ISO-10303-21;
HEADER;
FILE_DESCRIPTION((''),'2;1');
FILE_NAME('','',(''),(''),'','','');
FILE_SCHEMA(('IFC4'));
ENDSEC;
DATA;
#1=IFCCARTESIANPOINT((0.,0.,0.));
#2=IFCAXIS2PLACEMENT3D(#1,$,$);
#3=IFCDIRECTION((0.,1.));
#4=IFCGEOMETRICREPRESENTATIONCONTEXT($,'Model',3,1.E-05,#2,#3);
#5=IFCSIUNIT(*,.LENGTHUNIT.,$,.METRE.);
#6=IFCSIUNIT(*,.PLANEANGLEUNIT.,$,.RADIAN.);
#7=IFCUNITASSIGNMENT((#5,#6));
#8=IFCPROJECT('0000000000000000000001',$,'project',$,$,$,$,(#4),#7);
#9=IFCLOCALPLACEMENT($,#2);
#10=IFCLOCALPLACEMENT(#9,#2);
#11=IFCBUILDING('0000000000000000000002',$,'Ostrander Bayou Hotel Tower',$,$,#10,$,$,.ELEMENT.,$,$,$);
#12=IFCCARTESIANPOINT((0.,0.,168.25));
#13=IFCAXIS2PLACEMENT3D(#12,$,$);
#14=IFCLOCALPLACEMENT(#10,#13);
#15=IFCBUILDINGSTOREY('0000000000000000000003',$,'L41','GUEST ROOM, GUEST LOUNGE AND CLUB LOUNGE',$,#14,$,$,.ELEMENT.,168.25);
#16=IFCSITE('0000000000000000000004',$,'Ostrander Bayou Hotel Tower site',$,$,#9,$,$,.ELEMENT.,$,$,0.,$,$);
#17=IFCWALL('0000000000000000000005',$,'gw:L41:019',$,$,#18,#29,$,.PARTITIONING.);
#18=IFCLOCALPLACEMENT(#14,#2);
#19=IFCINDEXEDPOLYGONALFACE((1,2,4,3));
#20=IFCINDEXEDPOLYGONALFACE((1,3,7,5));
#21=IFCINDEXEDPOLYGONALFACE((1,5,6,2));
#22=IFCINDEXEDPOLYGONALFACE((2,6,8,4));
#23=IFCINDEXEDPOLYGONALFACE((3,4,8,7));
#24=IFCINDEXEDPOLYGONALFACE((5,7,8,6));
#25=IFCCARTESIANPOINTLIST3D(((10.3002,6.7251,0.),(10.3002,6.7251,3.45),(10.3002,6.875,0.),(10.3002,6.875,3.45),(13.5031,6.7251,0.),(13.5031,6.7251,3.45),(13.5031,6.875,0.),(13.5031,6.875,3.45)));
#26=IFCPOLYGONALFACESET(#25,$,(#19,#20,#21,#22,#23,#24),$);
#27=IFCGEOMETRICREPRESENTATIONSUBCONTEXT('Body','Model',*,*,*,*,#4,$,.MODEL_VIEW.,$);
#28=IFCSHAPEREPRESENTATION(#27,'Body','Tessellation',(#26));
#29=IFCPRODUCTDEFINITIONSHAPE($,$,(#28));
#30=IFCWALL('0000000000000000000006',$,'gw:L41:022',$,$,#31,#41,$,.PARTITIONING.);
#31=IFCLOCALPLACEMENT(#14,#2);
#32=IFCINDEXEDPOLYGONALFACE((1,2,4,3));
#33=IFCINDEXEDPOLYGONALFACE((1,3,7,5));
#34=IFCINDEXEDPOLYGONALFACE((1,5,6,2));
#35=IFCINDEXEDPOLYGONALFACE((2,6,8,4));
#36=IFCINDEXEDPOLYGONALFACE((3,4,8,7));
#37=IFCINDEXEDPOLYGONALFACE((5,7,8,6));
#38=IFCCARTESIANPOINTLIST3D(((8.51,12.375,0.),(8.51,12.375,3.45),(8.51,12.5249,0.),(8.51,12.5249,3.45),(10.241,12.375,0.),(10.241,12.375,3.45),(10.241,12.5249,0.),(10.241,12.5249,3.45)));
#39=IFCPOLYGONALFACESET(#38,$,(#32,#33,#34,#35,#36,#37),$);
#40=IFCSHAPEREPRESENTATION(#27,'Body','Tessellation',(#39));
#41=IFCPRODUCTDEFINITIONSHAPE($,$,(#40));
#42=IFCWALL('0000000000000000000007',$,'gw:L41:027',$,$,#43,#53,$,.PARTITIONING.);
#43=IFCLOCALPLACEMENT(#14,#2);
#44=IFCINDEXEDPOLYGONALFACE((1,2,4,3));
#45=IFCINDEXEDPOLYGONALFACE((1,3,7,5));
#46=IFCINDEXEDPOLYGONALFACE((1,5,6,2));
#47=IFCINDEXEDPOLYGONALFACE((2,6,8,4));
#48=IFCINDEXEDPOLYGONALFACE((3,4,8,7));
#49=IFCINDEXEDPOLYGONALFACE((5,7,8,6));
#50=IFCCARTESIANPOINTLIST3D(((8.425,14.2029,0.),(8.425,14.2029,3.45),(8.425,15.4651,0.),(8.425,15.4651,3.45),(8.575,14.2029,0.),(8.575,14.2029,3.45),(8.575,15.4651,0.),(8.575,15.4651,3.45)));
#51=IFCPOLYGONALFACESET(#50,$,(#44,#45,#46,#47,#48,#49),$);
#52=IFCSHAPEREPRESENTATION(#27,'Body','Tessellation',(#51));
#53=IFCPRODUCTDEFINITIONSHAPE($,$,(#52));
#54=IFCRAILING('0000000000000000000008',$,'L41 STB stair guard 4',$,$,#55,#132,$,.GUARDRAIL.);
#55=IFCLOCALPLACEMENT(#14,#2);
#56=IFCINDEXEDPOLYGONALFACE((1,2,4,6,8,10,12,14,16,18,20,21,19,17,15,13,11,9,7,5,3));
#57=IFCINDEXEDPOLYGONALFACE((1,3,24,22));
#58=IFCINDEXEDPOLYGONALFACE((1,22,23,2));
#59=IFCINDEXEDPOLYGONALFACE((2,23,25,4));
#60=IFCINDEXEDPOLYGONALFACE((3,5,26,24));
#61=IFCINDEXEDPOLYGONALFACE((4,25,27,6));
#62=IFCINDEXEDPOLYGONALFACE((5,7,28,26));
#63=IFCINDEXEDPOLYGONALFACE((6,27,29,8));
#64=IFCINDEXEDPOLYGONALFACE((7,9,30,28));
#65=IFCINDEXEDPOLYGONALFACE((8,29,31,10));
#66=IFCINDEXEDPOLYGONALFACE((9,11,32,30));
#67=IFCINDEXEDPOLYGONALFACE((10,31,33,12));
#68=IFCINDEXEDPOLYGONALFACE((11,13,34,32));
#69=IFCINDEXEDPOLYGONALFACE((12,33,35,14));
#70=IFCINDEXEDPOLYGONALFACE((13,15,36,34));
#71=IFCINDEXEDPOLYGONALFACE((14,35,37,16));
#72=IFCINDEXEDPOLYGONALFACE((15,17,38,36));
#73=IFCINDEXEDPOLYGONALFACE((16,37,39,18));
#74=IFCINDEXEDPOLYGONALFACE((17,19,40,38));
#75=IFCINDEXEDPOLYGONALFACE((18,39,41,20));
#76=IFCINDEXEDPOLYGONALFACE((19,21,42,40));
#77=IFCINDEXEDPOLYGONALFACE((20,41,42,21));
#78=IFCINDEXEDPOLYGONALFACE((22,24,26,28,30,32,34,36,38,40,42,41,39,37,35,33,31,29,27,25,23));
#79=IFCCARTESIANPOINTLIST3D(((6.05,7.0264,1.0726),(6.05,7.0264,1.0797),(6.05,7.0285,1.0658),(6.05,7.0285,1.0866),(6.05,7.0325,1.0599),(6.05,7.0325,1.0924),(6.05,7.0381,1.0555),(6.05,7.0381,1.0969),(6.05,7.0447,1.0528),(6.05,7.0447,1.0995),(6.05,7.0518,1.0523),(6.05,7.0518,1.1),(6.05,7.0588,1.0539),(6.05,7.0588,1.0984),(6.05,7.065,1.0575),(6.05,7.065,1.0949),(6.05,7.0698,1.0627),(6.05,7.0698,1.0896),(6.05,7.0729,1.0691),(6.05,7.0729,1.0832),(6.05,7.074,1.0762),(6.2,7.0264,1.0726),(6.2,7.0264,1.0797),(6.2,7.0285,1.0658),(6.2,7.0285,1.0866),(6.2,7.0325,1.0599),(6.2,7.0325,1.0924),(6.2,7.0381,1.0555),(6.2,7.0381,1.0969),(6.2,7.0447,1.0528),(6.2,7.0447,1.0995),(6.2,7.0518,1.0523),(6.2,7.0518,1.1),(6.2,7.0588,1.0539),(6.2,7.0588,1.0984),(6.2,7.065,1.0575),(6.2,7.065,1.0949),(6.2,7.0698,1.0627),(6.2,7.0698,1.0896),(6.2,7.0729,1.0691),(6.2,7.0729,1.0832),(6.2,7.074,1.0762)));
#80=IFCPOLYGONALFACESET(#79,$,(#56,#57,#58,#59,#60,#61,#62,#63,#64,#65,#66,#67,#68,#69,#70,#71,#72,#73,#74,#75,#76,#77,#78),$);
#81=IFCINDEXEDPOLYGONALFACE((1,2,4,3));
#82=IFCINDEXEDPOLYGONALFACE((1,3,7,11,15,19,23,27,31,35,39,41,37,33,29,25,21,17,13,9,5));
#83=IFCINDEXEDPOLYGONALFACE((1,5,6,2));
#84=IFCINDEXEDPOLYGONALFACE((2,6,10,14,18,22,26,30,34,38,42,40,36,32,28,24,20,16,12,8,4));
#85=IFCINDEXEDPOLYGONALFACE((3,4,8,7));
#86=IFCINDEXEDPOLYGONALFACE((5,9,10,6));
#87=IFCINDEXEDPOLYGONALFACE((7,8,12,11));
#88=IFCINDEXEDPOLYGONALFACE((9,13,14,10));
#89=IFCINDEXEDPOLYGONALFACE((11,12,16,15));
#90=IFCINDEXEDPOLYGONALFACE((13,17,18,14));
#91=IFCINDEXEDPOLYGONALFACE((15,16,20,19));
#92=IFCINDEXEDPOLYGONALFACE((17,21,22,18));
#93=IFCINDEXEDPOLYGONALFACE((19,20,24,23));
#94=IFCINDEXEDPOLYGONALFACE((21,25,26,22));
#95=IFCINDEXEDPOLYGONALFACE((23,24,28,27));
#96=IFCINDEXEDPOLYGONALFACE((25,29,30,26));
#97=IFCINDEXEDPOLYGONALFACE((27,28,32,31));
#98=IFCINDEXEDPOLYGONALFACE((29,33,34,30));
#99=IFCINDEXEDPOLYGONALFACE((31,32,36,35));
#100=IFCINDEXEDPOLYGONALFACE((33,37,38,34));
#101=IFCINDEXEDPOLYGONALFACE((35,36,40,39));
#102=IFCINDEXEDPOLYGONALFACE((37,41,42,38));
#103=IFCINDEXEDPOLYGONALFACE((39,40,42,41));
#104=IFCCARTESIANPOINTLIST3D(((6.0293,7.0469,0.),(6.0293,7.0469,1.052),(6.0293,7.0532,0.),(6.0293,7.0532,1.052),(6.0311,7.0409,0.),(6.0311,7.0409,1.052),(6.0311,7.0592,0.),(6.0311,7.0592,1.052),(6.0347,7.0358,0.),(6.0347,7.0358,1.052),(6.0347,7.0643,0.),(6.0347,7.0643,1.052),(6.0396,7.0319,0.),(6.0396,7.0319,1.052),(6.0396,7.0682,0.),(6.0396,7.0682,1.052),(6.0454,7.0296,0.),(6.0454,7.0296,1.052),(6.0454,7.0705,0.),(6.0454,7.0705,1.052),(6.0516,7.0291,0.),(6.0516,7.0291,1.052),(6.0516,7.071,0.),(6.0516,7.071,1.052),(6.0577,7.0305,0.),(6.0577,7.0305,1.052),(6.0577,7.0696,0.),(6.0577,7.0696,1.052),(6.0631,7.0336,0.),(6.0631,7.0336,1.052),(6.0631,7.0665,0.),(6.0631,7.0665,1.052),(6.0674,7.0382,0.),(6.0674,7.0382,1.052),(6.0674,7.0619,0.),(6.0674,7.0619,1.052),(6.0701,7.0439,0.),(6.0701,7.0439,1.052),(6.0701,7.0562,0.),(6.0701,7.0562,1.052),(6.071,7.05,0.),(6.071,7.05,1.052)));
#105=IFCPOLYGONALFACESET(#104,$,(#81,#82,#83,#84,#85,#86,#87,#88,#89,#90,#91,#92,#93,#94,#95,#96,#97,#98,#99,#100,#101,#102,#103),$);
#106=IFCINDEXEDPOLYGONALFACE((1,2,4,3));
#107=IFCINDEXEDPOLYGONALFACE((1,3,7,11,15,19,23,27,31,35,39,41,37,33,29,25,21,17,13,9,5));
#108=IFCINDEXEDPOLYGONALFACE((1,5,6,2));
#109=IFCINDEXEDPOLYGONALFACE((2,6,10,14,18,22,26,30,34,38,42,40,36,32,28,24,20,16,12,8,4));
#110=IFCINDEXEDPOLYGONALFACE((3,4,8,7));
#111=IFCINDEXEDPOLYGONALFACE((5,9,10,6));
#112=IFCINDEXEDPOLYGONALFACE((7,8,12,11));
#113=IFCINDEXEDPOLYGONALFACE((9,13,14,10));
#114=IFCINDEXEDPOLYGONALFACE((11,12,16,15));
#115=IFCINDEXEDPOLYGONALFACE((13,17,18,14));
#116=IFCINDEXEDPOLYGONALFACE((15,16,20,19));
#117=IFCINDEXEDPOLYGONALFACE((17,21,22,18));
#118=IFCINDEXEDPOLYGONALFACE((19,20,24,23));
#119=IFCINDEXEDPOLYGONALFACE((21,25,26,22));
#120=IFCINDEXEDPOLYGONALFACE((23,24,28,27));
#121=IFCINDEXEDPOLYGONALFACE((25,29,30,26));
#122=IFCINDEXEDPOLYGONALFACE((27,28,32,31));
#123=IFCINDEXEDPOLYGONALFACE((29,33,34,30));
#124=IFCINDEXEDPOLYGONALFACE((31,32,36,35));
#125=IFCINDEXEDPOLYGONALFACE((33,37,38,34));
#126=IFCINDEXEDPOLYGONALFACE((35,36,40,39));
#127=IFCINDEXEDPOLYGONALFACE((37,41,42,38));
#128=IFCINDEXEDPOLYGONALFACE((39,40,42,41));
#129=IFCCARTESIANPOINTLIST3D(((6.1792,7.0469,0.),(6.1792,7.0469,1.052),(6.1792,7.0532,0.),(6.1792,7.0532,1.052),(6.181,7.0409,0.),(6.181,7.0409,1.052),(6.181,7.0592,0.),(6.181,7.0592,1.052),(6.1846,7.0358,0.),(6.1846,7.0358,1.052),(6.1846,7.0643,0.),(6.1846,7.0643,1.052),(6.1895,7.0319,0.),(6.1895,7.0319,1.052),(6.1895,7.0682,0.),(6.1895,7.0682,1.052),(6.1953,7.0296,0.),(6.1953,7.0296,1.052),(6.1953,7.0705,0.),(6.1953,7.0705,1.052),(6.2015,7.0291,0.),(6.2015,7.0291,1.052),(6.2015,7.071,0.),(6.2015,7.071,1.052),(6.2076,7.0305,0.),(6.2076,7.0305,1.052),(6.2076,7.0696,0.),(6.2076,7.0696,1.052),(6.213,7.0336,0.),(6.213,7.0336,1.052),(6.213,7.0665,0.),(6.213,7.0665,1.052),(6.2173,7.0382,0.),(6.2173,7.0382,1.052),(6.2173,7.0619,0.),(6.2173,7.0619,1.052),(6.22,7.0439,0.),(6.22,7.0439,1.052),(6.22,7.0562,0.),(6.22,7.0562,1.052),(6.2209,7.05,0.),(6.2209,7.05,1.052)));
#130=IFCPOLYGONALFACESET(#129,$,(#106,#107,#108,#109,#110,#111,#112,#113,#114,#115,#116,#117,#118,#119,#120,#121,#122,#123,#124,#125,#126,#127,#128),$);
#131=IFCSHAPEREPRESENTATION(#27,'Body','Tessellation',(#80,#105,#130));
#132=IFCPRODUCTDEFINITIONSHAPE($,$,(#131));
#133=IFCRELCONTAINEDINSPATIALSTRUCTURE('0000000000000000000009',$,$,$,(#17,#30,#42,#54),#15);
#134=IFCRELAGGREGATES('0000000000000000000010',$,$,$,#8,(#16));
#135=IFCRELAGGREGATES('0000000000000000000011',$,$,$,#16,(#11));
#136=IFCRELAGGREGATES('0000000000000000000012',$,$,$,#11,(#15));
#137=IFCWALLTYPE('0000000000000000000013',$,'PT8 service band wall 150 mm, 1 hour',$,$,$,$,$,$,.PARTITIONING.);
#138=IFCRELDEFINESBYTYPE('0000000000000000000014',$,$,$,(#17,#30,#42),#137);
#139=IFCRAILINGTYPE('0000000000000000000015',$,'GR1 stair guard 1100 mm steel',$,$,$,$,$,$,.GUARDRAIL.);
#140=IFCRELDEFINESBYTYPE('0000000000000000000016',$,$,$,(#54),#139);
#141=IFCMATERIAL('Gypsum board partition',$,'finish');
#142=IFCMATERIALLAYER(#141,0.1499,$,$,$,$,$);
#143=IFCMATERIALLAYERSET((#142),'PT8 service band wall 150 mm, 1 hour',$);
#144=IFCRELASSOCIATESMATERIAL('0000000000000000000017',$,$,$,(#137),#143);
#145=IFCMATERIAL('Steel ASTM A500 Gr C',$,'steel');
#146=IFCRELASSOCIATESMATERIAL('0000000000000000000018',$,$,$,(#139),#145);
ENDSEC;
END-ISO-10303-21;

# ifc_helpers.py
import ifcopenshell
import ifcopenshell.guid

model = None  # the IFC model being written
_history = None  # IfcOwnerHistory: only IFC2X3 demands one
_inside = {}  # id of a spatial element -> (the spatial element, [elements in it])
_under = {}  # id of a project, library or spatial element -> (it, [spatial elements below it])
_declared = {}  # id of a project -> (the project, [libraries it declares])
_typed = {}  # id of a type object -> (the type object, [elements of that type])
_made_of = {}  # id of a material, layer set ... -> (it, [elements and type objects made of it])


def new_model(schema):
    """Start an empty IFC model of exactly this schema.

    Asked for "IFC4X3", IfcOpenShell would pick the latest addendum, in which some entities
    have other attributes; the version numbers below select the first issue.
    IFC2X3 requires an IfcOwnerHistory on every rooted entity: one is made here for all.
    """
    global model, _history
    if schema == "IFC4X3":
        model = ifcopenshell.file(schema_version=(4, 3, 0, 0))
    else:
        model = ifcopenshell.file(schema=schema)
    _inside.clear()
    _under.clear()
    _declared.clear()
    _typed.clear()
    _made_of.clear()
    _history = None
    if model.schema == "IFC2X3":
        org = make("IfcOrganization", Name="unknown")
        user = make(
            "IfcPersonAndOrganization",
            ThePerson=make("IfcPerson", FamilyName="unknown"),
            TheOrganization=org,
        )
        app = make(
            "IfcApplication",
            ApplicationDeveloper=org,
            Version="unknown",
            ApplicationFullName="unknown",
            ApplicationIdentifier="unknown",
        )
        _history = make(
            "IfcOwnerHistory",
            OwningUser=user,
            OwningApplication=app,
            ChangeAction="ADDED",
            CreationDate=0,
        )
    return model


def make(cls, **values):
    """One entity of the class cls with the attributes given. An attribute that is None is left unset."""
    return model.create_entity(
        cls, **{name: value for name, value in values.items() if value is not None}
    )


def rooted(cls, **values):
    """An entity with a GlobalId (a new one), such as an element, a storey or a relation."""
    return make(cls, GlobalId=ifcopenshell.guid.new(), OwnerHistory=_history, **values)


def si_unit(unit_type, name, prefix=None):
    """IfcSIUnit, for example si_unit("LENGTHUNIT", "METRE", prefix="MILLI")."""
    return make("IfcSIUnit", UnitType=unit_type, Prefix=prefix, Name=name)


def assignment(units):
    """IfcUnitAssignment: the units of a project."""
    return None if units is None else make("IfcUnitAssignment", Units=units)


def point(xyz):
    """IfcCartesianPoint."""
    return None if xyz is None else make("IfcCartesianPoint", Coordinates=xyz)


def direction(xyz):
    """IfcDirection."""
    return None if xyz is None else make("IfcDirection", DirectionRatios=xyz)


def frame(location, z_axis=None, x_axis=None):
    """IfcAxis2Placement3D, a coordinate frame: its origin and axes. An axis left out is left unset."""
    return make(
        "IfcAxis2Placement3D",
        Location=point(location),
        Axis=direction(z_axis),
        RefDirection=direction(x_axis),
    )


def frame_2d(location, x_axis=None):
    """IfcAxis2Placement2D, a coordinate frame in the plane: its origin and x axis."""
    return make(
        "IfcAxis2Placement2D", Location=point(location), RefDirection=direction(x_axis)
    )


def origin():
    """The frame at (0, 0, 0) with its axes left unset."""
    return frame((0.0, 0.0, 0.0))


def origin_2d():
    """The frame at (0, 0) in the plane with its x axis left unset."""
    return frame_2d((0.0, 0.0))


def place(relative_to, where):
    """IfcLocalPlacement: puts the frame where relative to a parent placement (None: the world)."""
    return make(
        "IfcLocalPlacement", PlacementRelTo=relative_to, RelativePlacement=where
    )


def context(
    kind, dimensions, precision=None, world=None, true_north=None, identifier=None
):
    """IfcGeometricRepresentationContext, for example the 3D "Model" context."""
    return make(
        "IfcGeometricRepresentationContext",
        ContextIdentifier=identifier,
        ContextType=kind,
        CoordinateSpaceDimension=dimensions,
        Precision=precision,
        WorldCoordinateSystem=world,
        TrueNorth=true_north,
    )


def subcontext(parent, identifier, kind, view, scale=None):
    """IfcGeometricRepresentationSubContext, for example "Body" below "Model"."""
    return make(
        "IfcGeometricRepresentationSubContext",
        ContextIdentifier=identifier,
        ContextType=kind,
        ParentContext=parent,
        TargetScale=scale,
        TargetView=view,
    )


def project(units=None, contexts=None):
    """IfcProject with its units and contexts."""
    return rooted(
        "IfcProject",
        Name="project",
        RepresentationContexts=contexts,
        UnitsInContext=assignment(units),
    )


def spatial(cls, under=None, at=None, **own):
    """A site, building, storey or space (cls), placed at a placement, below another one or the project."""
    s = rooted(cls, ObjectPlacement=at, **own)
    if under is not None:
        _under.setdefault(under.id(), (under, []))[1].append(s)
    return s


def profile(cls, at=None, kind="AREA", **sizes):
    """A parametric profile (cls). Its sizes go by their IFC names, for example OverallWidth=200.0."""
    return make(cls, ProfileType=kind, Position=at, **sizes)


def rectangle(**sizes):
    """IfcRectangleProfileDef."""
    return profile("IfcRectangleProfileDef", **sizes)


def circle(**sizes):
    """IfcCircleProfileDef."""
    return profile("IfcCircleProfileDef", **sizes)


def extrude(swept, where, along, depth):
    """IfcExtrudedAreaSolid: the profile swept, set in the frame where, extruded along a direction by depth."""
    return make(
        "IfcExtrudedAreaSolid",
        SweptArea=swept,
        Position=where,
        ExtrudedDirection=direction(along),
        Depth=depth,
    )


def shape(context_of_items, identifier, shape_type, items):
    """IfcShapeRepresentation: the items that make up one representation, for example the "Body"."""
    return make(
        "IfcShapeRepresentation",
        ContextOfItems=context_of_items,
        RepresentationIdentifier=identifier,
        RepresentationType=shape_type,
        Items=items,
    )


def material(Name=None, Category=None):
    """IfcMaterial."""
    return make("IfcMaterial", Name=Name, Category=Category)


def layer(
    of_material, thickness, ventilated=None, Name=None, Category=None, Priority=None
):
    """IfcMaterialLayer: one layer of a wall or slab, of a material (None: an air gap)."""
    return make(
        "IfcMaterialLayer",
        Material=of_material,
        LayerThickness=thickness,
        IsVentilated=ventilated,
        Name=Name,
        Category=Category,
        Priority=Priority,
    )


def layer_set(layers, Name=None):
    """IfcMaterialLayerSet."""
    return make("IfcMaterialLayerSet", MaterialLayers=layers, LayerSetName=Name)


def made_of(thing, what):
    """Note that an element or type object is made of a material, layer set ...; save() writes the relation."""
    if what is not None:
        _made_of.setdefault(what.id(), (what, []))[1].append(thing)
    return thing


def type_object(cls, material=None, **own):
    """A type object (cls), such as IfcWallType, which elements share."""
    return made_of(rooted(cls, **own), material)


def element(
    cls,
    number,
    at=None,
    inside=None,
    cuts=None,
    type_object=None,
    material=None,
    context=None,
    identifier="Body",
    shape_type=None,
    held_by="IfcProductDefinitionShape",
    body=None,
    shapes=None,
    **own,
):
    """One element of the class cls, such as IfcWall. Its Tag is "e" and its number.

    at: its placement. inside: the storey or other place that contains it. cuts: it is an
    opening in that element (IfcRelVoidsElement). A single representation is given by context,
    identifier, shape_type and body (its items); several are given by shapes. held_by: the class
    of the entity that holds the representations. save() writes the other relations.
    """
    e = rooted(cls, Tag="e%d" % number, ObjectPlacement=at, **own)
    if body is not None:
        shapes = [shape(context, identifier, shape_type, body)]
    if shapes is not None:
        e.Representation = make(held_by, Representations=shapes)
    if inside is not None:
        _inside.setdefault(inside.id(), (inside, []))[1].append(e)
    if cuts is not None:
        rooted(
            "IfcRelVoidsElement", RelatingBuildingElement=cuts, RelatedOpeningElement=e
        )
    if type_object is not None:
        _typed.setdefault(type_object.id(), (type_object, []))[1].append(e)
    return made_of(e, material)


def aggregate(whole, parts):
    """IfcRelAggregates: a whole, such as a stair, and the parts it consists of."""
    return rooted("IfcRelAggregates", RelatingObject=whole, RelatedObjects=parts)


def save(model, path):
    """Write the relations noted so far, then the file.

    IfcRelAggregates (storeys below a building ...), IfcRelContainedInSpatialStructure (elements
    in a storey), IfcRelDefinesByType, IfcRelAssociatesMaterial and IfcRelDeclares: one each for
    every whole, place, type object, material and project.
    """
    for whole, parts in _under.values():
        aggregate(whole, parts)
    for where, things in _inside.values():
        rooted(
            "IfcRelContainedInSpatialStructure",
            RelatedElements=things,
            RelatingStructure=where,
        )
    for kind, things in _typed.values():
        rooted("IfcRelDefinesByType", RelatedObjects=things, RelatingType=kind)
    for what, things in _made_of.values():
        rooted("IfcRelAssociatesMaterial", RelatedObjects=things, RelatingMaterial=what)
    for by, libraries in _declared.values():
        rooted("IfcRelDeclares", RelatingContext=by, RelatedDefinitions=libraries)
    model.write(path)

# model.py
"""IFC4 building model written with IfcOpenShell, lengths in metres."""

from ifc_helpers import new_model, si_unit, direction, frame, frame_2d, origin, origin_2d, place, context, subcontext, project, spatial, rectangle, circle, extrude, material, layer, layer_set, type_object, element, save


model = new_model("IFC4")

# Units and contexts
model_context = context("Model", 3, precision=1e-05, world=origin(), true_north=direction((0.0, 1.0)))
body_context = subcontext(model_context, "Body", "Model", "MODEL_VIEW")
ifc_project = project(units=[si_unit("LENGTHUNIT", "METRE"), si_unit("PLANEANGLEUNIT", "RADIAN")], contexts=[model_context])

# Site, building, storey
site_placement = place(None, origin())
site = spatial("IfcSite", under=ifc_project, at=site_placement, Name="Ostrander Bayou Hotel Tower site", CompositionType="ELEMENT", RefElevation=0.0)
building_placement = place(site_placement, origin())
building = spatial("IfcBuilding", under=site, at=building_placement, Name="Ostrander Bayou Hotel Tower", CompositionType="ELEMENT")
storey_placement = place(building_placement, frame((0.0, 0.0, 168.25)))
storey = spatial("IfcBuildingStorey", under=building, at=storey_placement, Name="L41", Description="GUEST ROOM, GUEST LOUNGE AND CLUB LOUNGE", CompositionType="ELEMENT", Elevation=168.25)

# Walls
ifc_material_1 = material(Name="Gypsum board partition", Category="finish")
ifc_layer_1 = layer(ifc_material_1, 0.1499)
ifc_layer_set_1 = layer_set([ifc_layer_1], Name="PT8 service band wall 150 mm, 1 hour")
wall_type_1 = type_object("IfcWallType", Name="PT8 service band wall 150 mm, 1 hour", PredefinedType="PARTITIONING", material=ifc_layer_set_1)
wall_1_placement = place(storey_placement, frame((10.3, 6.8, 0.0), z_axis=(0.0, 0.0, 1.0), x_axis=(1.0, 0.0, 0.0)))
element("IfcWall", 1, at=wall_1_placement, inside=storey, type_object=wall_type_1, Name="gw:L41:019", PredefinedType="PARTITIONING", context=body_context, shape_type="SweptSolid", body=[
    extrude(rectangle(XDim=3.2029, YDim=0.1499, at=frame_2d((1.6016, 0.0))), origin(), (0.0, 0.0, 1.0), 3.45),
])
wall_2_placement = place(storey_placement, frame((8.51, 12.45, 0.0), z_axis=(0.0, 0.0, 1.0), x_axis=(1.0, 0.0, 0.0)))
element("IfcWall", 2, at=wall_2_placement, inside=storey, type_object=wall_type_1, Name="gw:L41:022", PredefinedType="PARTITIONING", context=body_context, shape_type="SweptSolid", body=[
    extrude(rectangle(XDim=1.731, YDim=0.1499, at=frame_2d((0.8655, 0.0))), origin(), (0.0, 0.0, 1.0), 3.45),
])
wall_3_placement = place(storey_placement, frame((8.5, 14.2029, 0.0), z_axis=(0.0, 0.0, 1.0), x_axis=(0.0, 1.0, 0.0)))
element("IfcWall", 3, at=wall_3_placement, inside=storey, type_object=wall_type_1, Name="gw:L41:027", PredefinedType="PARTITIONING", context=body_context, shape_type="SweptSolid", body=[
    extrude(rectangle(XDim=1.2622, YDim=0.1499, at=frame_2d((0.6311, 0.0))), origin(), (0.0, 0.0, 1.0), 3.45),
])

# Railing
ifc_material_2 = material(Name="Steel ASTM A500 Gr C", Category="steel")
railing_type = type_object("IfcRailingType", Name="GR1 stair guard 1100 mm steel", PredefinedType="GUARDRAIL", material=ifc_material_2)
railing_placement = place(storey_placement, frame((6.05, 7.05, 0.0)))
element("IfcRailing", 4, at=railing_placement, inside=storey, type_object=railing_type, Name="L41 STB stair guard 4", PredefinedType="GUARDRAIL", context=body_context, shape_type="SweptSolid", body=[
    extrude(circle(Radius=0.0239, at=origin_2d()), frame((0.0, 0.0, 1.0762), z_axis=(1.0, 0.0, 0.0), x_axis=(0.0, 1.0, 0.0)), (0.0, 0.0, 1.0), 0.1499),
    extrude(circle(Radius=0.021, at=origin_2d()), origin(), (0.0, 0.0, 1.0), 1.052),
    extrude(circle(Radius=0.021, at=origin_2d()), frame((0.1499, 0.0, 0.0)), (0.0, 0.0, 1.0), 1.052),
])

save(model, "model.ifc")
